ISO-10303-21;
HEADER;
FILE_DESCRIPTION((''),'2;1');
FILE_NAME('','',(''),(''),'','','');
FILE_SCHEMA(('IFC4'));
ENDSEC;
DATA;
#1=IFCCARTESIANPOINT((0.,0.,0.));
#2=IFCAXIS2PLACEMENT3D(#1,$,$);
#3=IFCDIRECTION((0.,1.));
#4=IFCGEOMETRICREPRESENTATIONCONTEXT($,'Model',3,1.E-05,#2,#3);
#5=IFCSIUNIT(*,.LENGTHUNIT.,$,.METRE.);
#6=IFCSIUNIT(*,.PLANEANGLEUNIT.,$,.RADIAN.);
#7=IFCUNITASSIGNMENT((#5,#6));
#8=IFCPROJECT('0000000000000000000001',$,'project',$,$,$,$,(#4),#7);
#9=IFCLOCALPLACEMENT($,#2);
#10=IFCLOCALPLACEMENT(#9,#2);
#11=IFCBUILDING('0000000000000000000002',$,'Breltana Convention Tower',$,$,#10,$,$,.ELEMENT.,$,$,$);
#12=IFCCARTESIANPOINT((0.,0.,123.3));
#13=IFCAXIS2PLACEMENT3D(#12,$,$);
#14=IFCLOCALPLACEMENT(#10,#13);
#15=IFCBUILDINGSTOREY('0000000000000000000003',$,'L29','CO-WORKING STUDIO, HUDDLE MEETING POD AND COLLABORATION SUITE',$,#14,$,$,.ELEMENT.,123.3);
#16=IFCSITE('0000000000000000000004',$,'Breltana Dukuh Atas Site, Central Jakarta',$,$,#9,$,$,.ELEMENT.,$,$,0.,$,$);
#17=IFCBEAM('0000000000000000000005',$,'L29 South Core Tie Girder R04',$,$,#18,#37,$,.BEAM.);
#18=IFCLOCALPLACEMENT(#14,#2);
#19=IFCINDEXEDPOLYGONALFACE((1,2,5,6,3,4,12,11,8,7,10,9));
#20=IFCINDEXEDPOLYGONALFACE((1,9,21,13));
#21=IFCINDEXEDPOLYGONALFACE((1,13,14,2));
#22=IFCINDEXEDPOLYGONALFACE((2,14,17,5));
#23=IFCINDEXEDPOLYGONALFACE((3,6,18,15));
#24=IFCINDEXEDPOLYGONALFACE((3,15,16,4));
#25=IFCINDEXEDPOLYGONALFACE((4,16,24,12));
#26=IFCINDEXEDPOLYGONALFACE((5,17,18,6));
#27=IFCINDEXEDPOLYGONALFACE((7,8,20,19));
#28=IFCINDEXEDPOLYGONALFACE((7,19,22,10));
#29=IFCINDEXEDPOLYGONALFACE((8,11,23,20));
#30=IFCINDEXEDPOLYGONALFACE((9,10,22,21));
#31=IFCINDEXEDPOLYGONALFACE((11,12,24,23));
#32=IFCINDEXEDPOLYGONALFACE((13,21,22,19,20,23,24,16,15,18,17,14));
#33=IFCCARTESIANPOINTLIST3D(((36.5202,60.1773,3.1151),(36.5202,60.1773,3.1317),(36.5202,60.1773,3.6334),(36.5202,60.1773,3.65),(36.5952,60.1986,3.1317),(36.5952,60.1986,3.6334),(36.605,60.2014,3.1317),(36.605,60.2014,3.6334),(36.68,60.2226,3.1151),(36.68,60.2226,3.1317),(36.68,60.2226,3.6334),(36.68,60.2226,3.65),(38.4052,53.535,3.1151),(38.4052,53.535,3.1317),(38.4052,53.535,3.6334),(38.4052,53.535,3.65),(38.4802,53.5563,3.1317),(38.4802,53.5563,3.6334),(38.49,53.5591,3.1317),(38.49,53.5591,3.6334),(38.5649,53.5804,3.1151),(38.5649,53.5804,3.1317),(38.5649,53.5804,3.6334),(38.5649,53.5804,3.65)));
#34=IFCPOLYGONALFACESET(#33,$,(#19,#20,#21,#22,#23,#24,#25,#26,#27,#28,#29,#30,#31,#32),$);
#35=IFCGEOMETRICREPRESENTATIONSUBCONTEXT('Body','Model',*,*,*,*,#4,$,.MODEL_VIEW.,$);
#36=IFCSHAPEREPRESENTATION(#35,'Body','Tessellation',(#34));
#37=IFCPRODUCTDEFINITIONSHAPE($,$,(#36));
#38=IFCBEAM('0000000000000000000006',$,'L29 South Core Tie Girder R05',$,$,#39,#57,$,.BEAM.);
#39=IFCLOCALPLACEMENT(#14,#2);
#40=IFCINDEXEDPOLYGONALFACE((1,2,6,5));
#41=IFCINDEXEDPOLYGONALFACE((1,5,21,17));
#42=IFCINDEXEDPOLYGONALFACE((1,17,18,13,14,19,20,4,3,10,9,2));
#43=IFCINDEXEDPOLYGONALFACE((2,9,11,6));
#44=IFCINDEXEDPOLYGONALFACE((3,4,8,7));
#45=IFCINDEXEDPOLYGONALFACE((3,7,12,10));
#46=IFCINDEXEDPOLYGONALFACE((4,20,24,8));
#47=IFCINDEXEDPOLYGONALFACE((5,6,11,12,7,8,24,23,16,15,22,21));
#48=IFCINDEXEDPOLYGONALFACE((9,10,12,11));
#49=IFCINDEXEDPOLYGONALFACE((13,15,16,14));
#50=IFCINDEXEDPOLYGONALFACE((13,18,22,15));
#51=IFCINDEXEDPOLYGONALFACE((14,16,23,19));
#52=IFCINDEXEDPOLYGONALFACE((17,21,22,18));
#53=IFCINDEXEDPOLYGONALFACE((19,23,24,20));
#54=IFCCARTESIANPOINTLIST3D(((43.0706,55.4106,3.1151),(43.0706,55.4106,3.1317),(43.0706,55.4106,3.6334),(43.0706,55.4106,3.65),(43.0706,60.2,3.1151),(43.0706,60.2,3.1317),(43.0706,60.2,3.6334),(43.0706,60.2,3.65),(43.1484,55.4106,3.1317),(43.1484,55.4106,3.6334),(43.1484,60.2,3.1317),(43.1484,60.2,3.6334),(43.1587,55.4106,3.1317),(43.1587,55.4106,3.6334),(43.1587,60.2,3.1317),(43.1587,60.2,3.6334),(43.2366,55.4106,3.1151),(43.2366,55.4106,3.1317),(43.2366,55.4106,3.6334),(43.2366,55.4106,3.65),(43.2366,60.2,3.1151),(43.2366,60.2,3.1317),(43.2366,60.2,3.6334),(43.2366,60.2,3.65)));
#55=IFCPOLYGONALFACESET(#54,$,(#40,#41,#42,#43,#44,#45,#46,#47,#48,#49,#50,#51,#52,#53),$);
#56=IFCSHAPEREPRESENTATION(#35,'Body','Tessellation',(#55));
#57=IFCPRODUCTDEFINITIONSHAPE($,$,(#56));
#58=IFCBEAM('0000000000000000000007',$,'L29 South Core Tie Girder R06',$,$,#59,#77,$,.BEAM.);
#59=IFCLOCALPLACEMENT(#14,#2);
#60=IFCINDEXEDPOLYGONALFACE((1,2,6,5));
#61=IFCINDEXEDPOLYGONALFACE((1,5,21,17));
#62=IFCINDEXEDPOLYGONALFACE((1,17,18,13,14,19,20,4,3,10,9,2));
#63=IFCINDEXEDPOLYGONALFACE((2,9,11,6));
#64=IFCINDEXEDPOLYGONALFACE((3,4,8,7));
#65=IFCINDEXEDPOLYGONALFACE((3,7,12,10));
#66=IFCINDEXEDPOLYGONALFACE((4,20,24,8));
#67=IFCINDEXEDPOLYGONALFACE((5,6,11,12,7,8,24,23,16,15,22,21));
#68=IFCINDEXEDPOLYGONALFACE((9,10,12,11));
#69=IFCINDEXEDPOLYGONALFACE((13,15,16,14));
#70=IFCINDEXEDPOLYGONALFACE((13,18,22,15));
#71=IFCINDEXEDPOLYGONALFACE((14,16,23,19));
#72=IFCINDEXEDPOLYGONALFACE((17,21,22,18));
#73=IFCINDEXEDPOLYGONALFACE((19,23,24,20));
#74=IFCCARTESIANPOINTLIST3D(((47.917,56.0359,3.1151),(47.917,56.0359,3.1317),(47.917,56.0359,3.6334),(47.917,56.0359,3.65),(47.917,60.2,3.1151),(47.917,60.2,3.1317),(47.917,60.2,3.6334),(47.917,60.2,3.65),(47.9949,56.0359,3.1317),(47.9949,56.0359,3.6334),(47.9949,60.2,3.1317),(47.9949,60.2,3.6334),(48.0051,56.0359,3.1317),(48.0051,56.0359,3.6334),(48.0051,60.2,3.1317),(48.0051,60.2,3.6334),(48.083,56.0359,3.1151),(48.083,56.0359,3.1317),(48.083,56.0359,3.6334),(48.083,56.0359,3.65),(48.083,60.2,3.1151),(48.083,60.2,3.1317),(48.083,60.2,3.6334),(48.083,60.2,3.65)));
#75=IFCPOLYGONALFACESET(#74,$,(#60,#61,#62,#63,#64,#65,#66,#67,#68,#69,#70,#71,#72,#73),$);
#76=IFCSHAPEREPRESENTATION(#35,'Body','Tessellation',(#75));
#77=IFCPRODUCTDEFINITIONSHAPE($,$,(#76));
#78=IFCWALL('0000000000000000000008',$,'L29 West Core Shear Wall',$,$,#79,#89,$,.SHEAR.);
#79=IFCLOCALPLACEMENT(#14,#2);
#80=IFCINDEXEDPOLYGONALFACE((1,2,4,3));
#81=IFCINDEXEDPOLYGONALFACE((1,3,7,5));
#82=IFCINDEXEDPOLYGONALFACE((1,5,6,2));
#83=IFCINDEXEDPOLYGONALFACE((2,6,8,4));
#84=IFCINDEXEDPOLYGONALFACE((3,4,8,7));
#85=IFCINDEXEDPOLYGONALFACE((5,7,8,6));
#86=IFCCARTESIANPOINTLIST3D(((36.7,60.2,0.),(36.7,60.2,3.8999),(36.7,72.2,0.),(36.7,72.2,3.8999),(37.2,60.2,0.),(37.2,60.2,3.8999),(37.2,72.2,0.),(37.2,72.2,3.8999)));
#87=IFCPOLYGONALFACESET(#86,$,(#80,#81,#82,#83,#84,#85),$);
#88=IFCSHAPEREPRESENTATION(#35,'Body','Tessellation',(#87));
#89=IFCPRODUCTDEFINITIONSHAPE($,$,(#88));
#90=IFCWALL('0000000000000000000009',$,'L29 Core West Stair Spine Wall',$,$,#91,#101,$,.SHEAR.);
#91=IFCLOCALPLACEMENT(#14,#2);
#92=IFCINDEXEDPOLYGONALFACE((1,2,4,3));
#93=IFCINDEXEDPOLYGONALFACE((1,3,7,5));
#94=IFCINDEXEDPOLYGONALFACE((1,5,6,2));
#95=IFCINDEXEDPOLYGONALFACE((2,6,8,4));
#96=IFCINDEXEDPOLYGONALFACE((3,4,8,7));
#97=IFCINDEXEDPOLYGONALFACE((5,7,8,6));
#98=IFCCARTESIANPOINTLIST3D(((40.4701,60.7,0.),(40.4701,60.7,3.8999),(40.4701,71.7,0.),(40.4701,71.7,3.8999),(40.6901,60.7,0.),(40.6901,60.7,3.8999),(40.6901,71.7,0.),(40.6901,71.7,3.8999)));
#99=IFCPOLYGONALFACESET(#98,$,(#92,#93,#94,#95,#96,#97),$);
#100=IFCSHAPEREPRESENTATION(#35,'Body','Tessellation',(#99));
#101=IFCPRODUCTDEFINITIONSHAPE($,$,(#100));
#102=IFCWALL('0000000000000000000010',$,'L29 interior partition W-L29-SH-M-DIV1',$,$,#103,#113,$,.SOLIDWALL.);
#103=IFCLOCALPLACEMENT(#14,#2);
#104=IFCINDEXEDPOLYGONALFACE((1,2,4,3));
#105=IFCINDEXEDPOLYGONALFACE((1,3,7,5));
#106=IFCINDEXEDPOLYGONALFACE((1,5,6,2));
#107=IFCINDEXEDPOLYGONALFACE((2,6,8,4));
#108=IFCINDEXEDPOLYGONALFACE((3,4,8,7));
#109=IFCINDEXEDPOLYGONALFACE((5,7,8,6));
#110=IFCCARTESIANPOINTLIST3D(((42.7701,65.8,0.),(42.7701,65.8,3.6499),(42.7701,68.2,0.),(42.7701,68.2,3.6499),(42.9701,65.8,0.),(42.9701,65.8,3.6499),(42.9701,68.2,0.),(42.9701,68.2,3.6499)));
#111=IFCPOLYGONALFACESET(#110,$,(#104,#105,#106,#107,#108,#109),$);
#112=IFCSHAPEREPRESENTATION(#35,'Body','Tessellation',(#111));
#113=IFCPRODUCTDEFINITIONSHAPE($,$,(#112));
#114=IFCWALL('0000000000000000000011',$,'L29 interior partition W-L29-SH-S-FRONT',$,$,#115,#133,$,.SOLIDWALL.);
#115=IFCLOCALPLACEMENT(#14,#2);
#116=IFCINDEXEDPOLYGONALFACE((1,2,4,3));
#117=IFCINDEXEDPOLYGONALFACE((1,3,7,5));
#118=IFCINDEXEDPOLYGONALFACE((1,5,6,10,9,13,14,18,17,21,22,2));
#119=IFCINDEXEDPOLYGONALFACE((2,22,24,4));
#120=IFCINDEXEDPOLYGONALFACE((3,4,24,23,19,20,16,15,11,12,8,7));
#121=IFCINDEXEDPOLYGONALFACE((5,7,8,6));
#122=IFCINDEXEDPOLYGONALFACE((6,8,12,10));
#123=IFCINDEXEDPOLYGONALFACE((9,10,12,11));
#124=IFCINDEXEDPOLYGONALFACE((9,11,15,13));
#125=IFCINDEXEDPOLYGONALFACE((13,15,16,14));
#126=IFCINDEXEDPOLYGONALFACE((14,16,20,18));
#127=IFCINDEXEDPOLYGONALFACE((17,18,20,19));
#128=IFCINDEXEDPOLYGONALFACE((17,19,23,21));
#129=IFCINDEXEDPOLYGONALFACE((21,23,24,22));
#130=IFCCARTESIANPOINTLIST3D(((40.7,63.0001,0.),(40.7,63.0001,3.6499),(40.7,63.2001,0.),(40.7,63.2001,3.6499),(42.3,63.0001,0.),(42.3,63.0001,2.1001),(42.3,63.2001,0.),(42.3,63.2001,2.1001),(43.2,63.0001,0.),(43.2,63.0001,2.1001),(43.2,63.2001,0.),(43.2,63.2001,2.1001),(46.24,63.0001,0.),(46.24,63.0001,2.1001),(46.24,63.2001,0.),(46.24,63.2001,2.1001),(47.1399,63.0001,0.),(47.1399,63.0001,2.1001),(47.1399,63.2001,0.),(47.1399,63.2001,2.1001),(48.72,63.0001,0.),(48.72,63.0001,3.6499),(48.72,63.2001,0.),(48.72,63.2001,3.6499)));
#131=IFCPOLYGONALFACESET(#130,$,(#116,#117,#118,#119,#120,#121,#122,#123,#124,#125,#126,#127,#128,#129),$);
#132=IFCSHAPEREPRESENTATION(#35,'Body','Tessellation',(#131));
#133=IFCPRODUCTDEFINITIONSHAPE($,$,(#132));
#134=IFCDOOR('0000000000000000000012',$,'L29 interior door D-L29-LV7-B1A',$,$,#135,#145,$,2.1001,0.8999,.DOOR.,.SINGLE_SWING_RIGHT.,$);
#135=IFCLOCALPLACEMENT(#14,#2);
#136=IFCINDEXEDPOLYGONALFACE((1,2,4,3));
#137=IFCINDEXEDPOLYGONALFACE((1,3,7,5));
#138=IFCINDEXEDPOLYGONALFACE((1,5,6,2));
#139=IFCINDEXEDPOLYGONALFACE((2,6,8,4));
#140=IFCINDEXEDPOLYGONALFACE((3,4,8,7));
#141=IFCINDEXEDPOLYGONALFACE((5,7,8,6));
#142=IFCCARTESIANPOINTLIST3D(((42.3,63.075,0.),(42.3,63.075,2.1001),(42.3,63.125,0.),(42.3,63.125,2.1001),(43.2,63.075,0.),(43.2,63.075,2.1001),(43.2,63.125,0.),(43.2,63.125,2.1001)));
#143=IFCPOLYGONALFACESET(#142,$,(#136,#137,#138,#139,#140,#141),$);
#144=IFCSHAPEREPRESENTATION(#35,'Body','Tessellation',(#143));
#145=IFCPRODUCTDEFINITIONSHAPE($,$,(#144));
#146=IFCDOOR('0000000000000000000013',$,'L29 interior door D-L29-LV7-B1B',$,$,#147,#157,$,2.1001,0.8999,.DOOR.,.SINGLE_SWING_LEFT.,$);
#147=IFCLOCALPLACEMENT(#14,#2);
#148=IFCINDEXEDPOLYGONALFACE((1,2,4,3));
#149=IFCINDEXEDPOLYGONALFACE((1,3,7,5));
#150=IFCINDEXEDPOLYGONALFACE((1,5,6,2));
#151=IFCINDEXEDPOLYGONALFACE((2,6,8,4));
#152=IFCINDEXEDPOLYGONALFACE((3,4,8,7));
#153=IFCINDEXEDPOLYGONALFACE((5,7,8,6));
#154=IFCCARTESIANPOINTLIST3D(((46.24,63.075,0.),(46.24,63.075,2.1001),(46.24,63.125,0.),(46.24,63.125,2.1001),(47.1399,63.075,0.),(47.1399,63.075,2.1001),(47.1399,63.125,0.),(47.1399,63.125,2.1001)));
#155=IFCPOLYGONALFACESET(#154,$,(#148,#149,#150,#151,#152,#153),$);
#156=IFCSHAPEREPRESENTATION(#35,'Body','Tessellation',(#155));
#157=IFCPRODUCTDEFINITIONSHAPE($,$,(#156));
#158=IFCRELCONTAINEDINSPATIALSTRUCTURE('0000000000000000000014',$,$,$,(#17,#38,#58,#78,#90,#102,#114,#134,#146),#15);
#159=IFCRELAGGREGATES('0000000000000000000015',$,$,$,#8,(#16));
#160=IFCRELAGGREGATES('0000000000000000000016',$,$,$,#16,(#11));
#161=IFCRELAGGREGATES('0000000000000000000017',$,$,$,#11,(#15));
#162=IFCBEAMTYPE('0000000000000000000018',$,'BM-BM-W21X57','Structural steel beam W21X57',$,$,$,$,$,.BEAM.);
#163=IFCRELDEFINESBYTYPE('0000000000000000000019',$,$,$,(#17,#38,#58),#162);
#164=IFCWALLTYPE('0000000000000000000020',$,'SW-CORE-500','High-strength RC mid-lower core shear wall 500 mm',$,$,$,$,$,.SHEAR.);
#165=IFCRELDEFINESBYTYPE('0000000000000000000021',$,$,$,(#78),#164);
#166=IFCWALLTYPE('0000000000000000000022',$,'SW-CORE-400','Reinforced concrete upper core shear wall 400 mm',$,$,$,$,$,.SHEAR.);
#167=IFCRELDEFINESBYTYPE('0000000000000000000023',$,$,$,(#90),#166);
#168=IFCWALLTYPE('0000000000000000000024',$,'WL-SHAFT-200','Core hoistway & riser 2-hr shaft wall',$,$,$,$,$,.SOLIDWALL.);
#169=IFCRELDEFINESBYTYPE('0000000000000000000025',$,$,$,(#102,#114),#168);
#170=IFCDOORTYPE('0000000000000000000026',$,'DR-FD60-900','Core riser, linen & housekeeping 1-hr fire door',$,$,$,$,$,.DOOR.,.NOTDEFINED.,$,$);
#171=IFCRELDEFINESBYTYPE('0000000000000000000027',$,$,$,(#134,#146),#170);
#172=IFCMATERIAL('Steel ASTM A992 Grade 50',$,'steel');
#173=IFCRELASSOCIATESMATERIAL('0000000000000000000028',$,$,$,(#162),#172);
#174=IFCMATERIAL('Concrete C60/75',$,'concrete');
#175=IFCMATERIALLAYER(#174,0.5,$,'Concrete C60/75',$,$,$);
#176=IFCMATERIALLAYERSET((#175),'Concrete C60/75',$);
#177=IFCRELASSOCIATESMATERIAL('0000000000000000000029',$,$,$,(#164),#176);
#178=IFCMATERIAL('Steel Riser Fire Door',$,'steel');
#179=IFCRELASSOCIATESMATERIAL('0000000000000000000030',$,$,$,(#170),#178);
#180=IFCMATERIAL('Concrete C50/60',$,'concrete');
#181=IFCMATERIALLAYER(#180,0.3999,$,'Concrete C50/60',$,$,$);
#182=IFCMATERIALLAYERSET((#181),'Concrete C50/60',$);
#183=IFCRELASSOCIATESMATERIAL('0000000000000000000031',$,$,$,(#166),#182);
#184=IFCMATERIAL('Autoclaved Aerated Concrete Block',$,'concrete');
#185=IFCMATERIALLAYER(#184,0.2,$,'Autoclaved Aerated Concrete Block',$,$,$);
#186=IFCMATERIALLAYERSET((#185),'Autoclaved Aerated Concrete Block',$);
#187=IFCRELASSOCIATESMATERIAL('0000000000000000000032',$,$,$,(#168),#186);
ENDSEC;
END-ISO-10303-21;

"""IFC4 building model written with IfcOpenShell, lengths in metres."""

from ifc_helpers import new_model, si_unit, direction, frame, frame_2d, origin, origin_2d, place, context, subcontext, project, spatial, rectangle, i_section, extrude, source, transform, mapped, material, layer, layer_set, material_profile, profile_set, type_object, type_shapes, element, fill, save


model = new_model("IFC4")

# Units and contexts
model_context = context("Model", 3, precision=1e-05, world=origin(), true_north=direction((0.0, 1.0)))
body_context = subcontext(model_context, "Body", "Model", "MODEL_VIEW")
ifc_project = project(units=[si_unit("LENGTHUNIT", "METRE"), si_unit("PLANEANGLEUNIT", "RADIAN")], contexts=[model_context])

# Site, building, storey
site_placement = place(None, origin())
site = spatial("IfcSite", under=ifc_project, at=site_placement, Name="Breltana Dukuh Atas Site, Central Jakarta", CompositionType="ELEMENT", RefElevation=0.0)
building_placement = place(site_placement, origin())
building = spatial("IfcBuilding", under=site, at=building_placement, Name="Breltana Convention Tower", CompositionType="ELEMENT")
storey_placement = place(building_placement, frame((0.0, 0.0, 123.3)))
storey = spatial("IfcBuildingStorey", under=building, at=storey_placement, Name="L29", Description="CO-WORKING STUDIO, HUDDLE MEETING POD AND COLLABORATION SUITE", CompositionType="ELEMENT", Elevation=123.3)

# Beams
ifc_material_1 = material(Name="Steel ASTM A992 Grade 50", Category="steel")
ifc_material_profile = material_profile(ifc_material_1, i_section(OverallWidth=0.166, OverallDepth=0.5349, WebThickness=0.0103, FlangeThickness=0.0166, at=origin_2d()), Name="W21X57")
ifc_profile_set = profile_set([ifc_material_profile], Name="Steel ASTM A992 Grade 50")
beam_type = type_object("IfcBeamType", Name="BM-BM-W21X57", Description="Structural steel beam W21X57", PredefinedType="BEAM", material=ifc_profile_set)
shared_shape_1 = source(origin(), body_context, "Body", "SweptSolid", [
    extrude(i_section(OverallWidth=0.166, OverallDepth=0.5349, WebThickness=0.0103, FlangeThickness=0.0166, at=origin_2d()), origin(), (0.0, 0.0, 1.0), 6.9045),
])
type_shapes(beam_type, [shared_shape_1])
beam_1_placement = place(storey_placement, frame((36.6001, 60.2, 3.3826), z_axis=(0.273007, -0.962012, 0.0), x_axis=(0.962012, 0.273007, 0.0)))
element("IfcBeam", 1, at=beam_1_placement, inside=storey, type_object=beam_type, Name="L29 South Core Tie Girder R04", PredefinedType="BEAM", context=body_context, shape_type="MappedRepresentation", body=[
    mapped(shared_shape_1, transform((0.0, 0.0, 0.0), scale=1.0)),
])
shared_shape_2 = source(origin(), body_context, "Body", "SweptSolid", [
    extrude(i_section(OverallWidth=0.166, OverallDepth=0.5349, WebThickness=0.0103, FlangeThickness=0.0166, at=origin_2d()), origin(), (0.0, 0.0, 1.0), 4.7893),
])
beam_2_placement = place(storey_placement, frame((43.1536, 60.2, 3.3826), z_axis=(0.0, -1.0, 0.0), x_axis=(1.0, 0.0, 0.0)))
element("IfcBeam", 2, at=beam_2_placement, inside=storey, type_object=beam_type, Name="L29 South Core Tie Girder R05", PredefinedType="BEAM", context=body_context, shape_type="MappedRepresentation", body=[
    mapped(shared_shape_2, transform((0.0, 0.0, 0.0), scale=1.0)),
])
shared_shape_3 = source(origin(), body_context, "Body", "SweptSolid", [
    extrude(i_section(OverallWidth=0.166, OverallDepth=0.5349, WebThickness=0.0103, FlangeThickness=0.0166, at=origin_2d()), origin(), (0.0, 0.0, 1.0), 4.1641),
])
beam_3_placement = place(storey_placement, frame((48.0, 60.2, 3.3826), z_axis=(0.0, -1.0, 0.0), x_axis=(1.0, 0.0, 0.0)))
element("IfcBeam", 3, at=beam_3_placement, inside=storey, type_object=beam_type, Name="L29 South Core Tie Girder R06", PredefinedType="BEAM", context=body_context, shape_type="MappedRepresentation", body=[
    mapped(shared_shape_3, transform((0.0, 0.0, 0.0), scale=1.0)),
])

# Wall
ifc_material_2 = material(Name="Concrete C60/75", Category="concrete")
ifc_layer_1 = layer(ifc_material_2, 0.5, Name="Concrete C60/75")
ifc_layer_set_1 = layer_set([ifc_layer_1], Name="Concrete C60/75")
wall_type_1 = type_object("IfcWallType", Name="SW-CORE-500", Description="High-strength RC mid-lower core shear wall 500 mm", PredefinedType="SHEAR", material=ifc_layer_set_1)
shared_shape_4 = source(origin(), body_context, "Body", "SweptSolid", [
    extrude(rectangle(XDim=12.0, YDim=0.5, at=frame_2d((6.0, 0.0))), origin(), (0.0, 0.0, 1.0), 3.8999),
])
wall_1_placement = place(storey_placement, frame((36.95, 60.2, 0.0), z_axis=(0.0, 0.0, 1.0), x_axis=(0.0, 1.0, 0.0)))
element("IfcWall", 4, at=wall_1_placement, inside=storey, type_object=wall_type_1, Name="L29 West Core Shear Wall", PredefinedType="SHEAR", context=body_context, shape_type="MappedRepresentation", body=[
    mapped(shared_shape_4, transform((0.0, 0.0, 0.0), scale=1.0)),
])

# Shared definitions
ifc_material_3 = material(Name="Steel Riser Fire Door", Category="steel")
door_type_1 = type_object("IfcDoorType", Name="DR-FD60-900", Description="Core riser, linen & housekeeping 1-hr fire door", OperationType="NOTDEFINED", PredefinedType="DOOR", material=ifc_material_3)
shared_shape_5 = source(origin(), body_context, "Body", "SweptSolid", [
    extrude(rectangle(XDim=0.8999, YDim=2.1001, at=frame_2d((0.45, 1.05))), frame((0.0, 0.0249, 0.0), z_axis=(0.0, -1.0, 0.0), x_axis=(1.0, 0.0, 0.0)), (0.0, 0.0, 1.0), 0.05),
])
type_shapes(door_type_1, [shared_shape_5])

# Walls
ifc_material_4 = material(Name="Concrete C50/60", Category="concrete")
ifc_layer_2 = layer(ifc_material_4, 0.3999, Name="Concrete C50/60")
ifc_layer_set_2 = layer_set([ifc_layer_2], Name="Concrete C50/60")
wall_type_2 = type_object("IfcWallType", Name="SW-CORE-400", Description="Reinforced concrete upper core shear wall 400 mm", PredefinedType="SHEAR", material=ifc_layer_set_2)
shared_shape_6 = source(origin(), body_context, "Body", "SweptSolid", [
    extrude(rectangle(XDim=11.0, YDim=0.22, at=frame_2d((5.5, 0.0))), origin(), (0.0, 0.0, 1.0), 3.8999),
])
wall_2_placement = place(storey_placement, frame((40.5801, 60.7, 0.0), z_axis=(0.0, 0.0, 1.0), x_axis=(0.0, 1.0, 0.0)))
element("IfcWall", 5, at=wall_2_placement, inside=storey, type_object=wall_type_2, Name="L29 Core West Stair Spine Wall", PredefinedType="SHEAR", context=body_context, shape_type="MappedRepresentation", body=[
    mapped(shared_shape_6, transform((0.0, 0.0, 0.0), scale=1.0)),
])
ifc_material_5 = material(Name="Autoclaved Aerated Concrete Block", Category="concrete")
ifc_layer_3 = layer(ifc_material_5, 0.2, Name="Autoclaved Aerated Concrete Block")
ifc_layer_set_3 = layer_set([ifc_layer_3], Name="Autoclaved Aerated Concrete Block")
wall_type_3 = type_object("IfcWallType", Name="WL-SHAFT-200", Description="Core hoistway & riser 2-hr shaft wall", PredefinedType="SOLIDWALL", material=ifc_layer_set_3)
shared_shape_7 = source(origin(), body_context, "Body", "SweptSolid", [
    extrude(rectangle(XDim=2.3999, YDim=0.2, at=frame_2d((1.2, 0.0))), origin(), (0.0, 0.0, 1.0), 3.6499),
])
wall_3_placement = place(storey_placement, frame((42.8701, 65.8, 0.0), z_axis=(0.0, 0.0, 1.0), x_axis=(0.0, 1.0, 0.0)))
element("IfcWall", 6, at=wall_3_placement, inside=storey, type_object=wall_type_3, Name="L29 interior partition W-L29-SH-M-DIV1", PredefinedType="SOLIDWALL", context=body_context, shape_type="MappedRepresentation", body=[
    mapped(shared_shape_7, transform((0.0, 0.0, 0.0), scale=1.0)),
])

# Wall, openings, doors
shared_shape_8 = source(origin(), body_context, "Body", "SweptSolid", [
    extrude(rectangle(XDim=8.02, YDim=0.2, at=frame_2d((4.01, 0.0))), origin(), (0.0, 0.0, 1.0), 3.6499),
])
wall_4_placement = place(storey_placement, frame((40.7, 63.1001, 0.0), z_axis=(0.0, 0.0, 1.0), x_axis=(1.0, 0.0, 0.0)))
wall_4 = element("IfcWall", 7, at=wall_4_placement, inside=storey, type_object=wall_type_3, Name="L29 interior partition W-L29-SH-S-FRONT", PredefinedType="SOLIDWALL", context=body_context, shape_type="MappedRepresentation", body=[
    mapped(shared_shape_8, transform((0.0, 0.0, 0.0), scale=1.0)),
])
opening_1_placement = place(wall_4_placement, frame((1.6001, 0.0, 0.0)))
opening_1 = element("IfcOpeningElement", 8, at=opening_1_placement, cuts=wall_4, PredefinedType="OPENING", context=body_context, shape_type="SweptSolid", body=[
    extrude(rectangle(XDim=0.8999, YDim=2.1001, at=frame_2d((0.45, 1.05))), frame((0.0, 0.1099, 0.0), z_axis=(0.0, -1.0, 0.0), x_axis=(1.0, 0.0, 0.0)), (0.0, 0.0, 1.0), 0.22),
])
opening_2_placement = place(wall_4_placement, frame((5.54, 0.0, 0.0)))
opening_2 = element("IfcOpeningElement", 9, at=opening_2_placement, cuts=wall_4, PredefinedType="OPENING", context=body_context, shape_type="SweptSolid", body=[
    extrude(rectangle(XDim=0.8999, YDim=2.1001, at=frame_2d((0.45, 1.05))), frame((0.0, 0.1099, 0.0), z_axis=(0.0, -1.0, 0.0), x_axis=(1.0, 0.0, 0.0)), (0.0, 0.0, 1.0), 0.22),
])
door_1_placement = place(opening_1_placement, origin())
door_1 = element("IfcDoor", 10, at=door_1_placement, inside=storey, type_object=door_type_1, Name="L29 interior door D-L29-LV7-B1A", OperationType="SINGLE_SWING_RIGHT", OverallHeight=2.1001, OverallWidth=0.8999, PredefinedType="DOOR", context=body_context, shape_type="MappedRepresentation", body=[
    mapped(shared_shape_5, transform((0.0, 0.0, 0.0), scale=1.0)),
])
fill(opening_1, door_1)
door_2_placement = place(opening_2_placement, origin())
door_2 = element("IfcDoor", 11, at=door_2_placement, inside=storey, type_object=door_type_1, Name="L29 interior door D-L29-LV7-B1B", OperationType="SINGLE_SWING_LEFT", OverallHeight=2.1001, OverallWidth=0.8999, PredefinedType="DOOR", context=body_context, shape_type="MappedRepresentation", body=[
    mapped(shared_shape_5, transform((0.0, 0.0, 0.0), scale=1.0)),
])
fill(opening_2, door_2)

save(model, "model.ifc")
